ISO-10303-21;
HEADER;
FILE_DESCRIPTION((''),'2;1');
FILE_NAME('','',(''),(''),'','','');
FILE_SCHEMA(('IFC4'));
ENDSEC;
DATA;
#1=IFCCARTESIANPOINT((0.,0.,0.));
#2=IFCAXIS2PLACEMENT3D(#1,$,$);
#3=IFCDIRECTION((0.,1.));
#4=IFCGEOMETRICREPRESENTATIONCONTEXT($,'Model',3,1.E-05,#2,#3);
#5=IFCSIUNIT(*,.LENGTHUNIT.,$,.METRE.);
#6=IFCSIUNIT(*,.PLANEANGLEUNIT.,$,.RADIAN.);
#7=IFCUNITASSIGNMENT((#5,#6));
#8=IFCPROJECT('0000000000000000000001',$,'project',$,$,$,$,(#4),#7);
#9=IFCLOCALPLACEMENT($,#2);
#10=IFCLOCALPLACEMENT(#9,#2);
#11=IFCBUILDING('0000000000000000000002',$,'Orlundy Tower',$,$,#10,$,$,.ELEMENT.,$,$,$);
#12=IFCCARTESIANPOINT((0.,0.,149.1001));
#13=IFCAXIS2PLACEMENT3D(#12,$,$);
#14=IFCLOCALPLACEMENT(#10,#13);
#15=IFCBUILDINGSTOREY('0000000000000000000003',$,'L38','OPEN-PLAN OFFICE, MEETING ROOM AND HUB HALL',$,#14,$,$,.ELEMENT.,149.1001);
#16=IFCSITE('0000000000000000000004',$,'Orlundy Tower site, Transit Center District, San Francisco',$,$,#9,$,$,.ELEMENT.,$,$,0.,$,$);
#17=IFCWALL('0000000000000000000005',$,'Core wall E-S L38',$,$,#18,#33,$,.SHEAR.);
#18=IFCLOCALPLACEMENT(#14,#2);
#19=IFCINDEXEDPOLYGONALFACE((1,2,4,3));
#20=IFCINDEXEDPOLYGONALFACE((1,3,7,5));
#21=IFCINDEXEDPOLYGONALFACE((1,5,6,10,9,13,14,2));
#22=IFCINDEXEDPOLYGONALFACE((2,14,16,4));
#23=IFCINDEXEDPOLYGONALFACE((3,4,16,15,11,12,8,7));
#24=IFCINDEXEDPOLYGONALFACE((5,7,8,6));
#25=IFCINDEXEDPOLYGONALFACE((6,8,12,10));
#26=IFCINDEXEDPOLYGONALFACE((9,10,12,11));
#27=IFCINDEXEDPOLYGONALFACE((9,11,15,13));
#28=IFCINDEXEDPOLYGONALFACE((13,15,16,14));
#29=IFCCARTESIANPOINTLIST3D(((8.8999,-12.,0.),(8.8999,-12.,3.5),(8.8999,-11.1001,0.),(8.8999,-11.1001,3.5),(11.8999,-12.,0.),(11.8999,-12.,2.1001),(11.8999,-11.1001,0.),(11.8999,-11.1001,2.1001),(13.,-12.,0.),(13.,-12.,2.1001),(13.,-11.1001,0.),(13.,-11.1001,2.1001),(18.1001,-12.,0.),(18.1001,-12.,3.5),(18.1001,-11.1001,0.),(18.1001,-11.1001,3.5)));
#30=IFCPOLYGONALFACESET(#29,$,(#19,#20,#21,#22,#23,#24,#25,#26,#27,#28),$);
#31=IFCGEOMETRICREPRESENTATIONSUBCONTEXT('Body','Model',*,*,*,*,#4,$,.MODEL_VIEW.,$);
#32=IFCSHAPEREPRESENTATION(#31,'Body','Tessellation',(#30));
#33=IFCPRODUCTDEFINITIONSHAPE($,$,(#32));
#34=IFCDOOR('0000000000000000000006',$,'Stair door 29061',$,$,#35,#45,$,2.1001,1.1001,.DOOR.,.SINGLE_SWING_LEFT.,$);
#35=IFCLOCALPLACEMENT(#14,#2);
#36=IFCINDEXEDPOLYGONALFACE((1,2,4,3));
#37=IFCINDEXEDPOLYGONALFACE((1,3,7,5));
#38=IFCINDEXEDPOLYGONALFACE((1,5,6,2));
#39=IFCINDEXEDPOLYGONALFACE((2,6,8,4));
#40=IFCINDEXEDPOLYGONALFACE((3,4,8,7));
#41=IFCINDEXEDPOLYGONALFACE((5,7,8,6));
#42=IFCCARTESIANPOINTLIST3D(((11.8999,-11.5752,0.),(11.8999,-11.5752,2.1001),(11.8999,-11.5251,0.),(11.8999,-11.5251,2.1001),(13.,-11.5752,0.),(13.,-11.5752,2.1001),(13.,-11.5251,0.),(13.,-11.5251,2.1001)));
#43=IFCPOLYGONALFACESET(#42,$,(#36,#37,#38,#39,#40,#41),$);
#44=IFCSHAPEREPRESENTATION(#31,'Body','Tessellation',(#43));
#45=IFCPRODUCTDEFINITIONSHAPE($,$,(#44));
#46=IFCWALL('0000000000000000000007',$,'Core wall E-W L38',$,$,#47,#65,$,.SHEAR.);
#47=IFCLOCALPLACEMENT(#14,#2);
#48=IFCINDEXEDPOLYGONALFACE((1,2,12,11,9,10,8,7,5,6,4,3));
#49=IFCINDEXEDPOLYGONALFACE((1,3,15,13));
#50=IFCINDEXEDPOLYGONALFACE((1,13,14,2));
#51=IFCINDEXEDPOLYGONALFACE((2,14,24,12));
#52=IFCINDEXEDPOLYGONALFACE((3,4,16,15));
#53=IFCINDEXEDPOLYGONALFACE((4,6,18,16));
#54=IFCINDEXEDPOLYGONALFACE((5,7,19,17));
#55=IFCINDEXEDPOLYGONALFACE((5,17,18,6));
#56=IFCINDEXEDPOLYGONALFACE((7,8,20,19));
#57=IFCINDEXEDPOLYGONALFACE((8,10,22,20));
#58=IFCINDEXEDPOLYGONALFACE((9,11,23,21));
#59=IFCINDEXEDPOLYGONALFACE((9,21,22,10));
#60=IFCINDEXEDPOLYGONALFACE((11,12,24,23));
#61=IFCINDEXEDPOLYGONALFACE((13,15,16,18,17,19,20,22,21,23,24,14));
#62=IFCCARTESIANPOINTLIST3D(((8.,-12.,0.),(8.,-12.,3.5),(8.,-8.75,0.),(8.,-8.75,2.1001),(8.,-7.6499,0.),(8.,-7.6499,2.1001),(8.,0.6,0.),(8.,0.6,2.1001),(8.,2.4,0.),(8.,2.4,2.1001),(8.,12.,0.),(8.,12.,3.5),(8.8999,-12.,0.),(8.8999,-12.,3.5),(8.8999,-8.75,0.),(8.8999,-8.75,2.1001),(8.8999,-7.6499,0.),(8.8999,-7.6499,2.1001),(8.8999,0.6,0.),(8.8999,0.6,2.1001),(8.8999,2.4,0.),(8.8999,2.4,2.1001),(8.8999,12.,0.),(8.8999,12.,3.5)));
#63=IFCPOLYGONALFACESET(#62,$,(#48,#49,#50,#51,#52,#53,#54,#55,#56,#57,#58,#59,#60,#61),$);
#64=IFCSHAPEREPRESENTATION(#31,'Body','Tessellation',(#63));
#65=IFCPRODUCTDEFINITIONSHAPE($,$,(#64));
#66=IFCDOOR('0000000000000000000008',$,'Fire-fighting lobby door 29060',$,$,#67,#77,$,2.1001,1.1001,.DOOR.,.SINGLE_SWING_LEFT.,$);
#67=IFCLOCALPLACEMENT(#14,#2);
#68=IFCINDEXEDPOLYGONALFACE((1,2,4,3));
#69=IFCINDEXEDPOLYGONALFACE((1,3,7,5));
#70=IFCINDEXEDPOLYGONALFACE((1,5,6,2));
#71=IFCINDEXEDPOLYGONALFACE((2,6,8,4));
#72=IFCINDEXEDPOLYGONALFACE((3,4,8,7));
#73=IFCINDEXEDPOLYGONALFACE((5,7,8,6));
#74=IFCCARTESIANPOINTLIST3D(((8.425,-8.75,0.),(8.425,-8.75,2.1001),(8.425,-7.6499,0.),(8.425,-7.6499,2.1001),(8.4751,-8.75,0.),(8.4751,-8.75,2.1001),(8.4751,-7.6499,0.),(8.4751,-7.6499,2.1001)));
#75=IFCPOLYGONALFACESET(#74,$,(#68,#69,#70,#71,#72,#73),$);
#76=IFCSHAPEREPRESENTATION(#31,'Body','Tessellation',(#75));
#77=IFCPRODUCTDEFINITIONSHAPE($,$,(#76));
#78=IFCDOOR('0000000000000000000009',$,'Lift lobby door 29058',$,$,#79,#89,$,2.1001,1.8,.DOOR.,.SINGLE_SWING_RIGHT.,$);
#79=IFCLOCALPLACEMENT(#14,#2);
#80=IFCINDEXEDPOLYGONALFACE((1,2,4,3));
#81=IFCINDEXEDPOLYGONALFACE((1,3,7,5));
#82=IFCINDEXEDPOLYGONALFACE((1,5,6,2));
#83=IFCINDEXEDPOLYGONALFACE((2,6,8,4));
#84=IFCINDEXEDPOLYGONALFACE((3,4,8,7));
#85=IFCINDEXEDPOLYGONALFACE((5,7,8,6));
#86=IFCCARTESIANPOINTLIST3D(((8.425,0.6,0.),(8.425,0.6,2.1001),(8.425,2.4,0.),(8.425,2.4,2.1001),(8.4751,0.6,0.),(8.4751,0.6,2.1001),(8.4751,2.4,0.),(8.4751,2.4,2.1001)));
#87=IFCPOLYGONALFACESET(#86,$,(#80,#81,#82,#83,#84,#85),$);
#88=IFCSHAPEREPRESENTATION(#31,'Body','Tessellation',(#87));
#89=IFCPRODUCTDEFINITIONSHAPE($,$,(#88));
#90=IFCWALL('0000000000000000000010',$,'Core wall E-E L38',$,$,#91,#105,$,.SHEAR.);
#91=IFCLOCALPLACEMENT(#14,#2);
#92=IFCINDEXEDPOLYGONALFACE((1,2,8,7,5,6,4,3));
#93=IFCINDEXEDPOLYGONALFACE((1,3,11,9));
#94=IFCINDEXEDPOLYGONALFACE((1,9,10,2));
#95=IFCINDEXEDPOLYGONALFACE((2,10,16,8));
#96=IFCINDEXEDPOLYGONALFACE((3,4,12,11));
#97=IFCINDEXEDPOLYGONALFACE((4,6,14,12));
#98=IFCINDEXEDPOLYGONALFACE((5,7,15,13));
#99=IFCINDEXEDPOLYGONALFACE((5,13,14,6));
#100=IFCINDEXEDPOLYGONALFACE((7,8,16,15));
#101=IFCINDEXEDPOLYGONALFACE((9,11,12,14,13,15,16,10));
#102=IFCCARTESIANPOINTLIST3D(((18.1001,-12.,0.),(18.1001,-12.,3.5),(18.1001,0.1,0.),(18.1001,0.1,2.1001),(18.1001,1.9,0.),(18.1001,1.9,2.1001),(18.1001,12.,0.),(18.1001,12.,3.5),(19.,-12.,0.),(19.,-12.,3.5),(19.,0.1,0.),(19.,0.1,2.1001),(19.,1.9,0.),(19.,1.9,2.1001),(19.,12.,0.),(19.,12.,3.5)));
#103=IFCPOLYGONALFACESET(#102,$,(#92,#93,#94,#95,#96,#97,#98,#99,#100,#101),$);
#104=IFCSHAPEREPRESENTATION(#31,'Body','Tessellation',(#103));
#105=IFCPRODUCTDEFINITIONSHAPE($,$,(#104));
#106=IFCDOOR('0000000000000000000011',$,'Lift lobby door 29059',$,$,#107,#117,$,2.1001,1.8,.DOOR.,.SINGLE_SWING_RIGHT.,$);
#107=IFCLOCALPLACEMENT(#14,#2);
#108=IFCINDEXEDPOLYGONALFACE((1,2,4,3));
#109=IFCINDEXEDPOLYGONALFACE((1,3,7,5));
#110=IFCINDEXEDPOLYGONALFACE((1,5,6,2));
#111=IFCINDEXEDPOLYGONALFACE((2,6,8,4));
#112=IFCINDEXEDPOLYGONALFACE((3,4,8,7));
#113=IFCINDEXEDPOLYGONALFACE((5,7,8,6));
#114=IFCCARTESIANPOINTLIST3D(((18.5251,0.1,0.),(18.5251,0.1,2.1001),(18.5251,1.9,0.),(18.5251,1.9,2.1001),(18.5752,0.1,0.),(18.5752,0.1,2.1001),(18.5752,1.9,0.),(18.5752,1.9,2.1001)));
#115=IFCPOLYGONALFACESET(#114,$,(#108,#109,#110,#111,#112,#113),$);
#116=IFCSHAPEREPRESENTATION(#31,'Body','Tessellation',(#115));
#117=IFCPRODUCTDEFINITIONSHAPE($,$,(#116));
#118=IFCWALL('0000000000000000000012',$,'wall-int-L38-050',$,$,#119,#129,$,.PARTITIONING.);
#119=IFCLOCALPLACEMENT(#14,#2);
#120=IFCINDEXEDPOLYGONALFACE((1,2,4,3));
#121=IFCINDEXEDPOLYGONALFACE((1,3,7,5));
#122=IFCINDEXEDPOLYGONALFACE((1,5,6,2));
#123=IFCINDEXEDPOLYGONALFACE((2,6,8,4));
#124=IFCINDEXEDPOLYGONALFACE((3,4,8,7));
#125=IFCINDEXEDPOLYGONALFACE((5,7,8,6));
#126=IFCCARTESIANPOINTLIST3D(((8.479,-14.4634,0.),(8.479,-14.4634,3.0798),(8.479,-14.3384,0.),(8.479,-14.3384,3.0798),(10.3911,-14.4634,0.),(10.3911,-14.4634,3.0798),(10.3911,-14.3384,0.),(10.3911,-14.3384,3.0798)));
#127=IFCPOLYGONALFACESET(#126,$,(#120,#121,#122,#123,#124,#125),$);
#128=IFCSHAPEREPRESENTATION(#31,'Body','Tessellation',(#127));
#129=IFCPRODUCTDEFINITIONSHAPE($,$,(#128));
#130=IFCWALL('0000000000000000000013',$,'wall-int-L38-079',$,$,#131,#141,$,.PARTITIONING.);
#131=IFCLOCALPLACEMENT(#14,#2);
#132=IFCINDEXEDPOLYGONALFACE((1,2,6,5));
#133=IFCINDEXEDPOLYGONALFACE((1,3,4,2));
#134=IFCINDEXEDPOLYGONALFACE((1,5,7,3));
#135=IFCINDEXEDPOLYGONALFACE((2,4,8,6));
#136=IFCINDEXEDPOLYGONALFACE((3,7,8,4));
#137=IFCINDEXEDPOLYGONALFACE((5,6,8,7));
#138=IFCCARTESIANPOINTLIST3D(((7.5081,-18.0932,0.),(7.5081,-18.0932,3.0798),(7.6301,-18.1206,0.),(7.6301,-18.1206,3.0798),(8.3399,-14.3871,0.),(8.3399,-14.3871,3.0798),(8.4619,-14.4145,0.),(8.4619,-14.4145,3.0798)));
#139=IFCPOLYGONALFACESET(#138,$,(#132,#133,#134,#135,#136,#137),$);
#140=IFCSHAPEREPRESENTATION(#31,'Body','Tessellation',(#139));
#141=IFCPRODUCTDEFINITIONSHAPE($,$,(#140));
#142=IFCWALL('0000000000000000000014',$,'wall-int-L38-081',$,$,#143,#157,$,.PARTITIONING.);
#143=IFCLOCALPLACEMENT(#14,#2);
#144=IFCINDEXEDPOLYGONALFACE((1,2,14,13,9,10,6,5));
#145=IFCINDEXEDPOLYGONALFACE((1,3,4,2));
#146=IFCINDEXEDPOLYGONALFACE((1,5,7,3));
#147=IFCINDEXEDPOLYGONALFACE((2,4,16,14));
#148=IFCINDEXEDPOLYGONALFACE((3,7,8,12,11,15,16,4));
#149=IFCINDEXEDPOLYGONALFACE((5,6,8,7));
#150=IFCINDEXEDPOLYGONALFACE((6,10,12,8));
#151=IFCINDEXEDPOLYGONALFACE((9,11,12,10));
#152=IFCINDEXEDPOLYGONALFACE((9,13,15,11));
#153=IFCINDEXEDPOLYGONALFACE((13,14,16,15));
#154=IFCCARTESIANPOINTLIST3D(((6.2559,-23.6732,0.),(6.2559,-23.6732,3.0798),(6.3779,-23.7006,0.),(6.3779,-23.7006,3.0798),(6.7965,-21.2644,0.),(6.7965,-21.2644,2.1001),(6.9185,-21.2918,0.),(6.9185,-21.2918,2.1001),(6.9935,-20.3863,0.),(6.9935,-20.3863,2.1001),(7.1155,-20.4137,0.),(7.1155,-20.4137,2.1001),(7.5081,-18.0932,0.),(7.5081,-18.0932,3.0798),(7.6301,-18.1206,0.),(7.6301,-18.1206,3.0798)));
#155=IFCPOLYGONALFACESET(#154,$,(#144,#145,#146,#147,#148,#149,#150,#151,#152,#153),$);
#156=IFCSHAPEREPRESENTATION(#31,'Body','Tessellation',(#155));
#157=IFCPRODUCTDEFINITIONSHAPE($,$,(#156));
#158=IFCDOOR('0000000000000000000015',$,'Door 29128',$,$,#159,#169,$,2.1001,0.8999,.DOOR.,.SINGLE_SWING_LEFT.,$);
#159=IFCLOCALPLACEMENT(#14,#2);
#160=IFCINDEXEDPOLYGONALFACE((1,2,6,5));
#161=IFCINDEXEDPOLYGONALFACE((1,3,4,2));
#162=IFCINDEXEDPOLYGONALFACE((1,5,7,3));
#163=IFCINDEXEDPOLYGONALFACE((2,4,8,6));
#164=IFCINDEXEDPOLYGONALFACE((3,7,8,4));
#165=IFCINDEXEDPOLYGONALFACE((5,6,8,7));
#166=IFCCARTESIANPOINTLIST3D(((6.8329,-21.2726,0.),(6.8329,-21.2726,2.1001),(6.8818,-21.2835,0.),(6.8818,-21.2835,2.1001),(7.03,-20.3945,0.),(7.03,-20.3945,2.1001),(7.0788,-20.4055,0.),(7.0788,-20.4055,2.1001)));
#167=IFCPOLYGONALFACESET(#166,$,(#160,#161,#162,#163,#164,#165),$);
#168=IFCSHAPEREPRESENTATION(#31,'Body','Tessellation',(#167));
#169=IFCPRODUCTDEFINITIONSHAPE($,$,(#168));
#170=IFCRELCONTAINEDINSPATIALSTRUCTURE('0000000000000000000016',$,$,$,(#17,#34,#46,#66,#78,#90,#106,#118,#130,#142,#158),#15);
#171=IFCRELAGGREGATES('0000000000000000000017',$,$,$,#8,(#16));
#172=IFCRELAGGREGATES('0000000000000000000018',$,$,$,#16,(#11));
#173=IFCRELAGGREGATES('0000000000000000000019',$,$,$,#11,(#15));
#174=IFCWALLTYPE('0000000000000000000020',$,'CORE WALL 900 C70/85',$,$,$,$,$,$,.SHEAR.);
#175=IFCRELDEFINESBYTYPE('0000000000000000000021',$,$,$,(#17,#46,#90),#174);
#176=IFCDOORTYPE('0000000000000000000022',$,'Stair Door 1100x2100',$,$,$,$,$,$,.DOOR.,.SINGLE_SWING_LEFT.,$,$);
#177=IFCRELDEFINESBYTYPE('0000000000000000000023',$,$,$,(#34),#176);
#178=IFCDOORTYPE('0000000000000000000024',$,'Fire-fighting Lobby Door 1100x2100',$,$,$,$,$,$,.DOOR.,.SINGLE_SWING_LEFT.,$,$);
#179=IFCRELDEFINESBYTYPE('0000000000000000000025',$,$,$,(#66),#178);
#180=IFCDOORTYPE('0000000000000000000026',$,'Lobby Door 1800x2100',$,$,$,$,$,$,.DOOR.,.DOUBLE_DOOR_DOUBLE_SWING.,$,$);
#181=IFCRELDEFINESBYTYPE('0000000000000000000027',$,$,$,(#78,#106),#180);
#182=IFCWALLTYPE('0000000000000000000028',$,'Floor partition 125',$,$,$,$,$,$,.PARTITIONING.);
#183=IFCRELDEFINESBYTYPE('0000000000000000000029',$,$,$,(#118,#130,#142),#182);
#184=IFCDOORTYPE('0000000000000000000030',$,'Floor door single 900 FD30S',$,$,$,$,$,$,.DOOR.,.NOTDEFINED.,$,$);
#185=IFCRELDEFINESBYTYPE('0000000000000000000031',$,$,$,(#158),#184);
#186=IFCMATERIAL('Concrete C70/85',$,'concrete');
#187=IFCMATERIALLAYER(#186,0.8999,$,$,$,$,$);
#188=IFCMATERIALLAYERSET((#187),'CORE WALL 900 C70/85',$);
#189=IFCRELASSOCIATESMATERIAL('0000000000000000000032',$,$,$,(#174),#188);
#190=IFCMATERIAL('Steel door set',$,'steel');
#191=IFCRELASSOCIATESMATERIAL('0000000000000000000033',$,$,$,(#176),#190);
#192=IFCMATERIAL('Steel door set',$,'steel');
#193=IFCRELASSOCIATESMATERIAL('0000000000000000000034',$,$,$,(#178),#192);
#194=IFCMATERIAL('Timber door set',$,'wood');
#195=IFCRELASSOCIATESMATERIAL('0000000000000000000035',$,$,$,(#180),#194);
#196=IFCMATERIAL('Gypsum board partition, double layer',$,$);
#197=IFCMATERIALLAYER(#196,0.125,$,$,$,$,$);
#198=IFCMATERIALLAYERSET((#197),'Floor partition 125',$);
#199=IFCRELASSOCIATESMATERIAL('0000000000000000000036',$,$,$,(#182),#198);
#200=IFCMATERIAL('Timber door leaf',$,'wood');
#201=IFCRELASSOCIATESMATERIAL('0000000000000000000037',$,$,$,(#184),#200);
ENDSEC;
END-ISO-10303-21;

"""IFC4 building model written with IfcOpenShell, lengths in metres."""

from ifc_helpers import new_model, si_unit, direction, frame, frame_2d, origin, place, context, subcontext, project, spatial, rectangle, extrude, material, layer, layer_set, type_object, element, fill, save


model = new_model("IFC4")

# Units and contexts
model_context = context("Model", 3, precision=1e-05, world=origin(), true_north=direction((0.0, 1.0)))
body_context = subcontext(model_context, "Body", "Model", "MODEL_VIEW")
ifc_project = project(units=[si_unit("LENGTHUNIT", "METRE"), si_unit("PLANEANGLEUNIT", "RADIAN")], contexts=[model_context])

# Site, building, storey
site_placement = place(None, origin())
site = spatial("IfcSite", under=ifc_project, at=site_placement, Name="Orlundy Tower site, Transit Center District, San Francisco", CompositionType="ELEMENT", RefElevation=0.0)
building_placement = place(site_placement, origin())
building = spatial("IfcBuilding", under=site, at=building_placement, Name="Orlundy Tower", CompositionType="ELEMENT")
storey_placement = place(building_placement, frame((0.0, 0.0, 149.1001)))
storey = spatial("IfcBuildingStorey", under=building, at=storey_placement, Name="L38", Description="OPEN-PLAN OFFICE, MEETING ROOM AND HUB HALL", CompositionType="ELEMENT", Elevation=149.1001)

# Wall, opening, door
ifc_material_1 = material(Name="Concrete C70/85", Category="concrete")
ifc_layer_1 = layer(ifc_material_1, 0.8999)
ifc_layer_set_1 = layer_set([ifc_layer_1], Name="CORE WALL 900 C70/85")
wall_type_1 = type_object("IfcWallType", Name="CORE WALL 900 C70/85", PredefinedType="SHEAR", material=ifc_layer_set_1)
wall_1_placement = place(storey_placement, frame((8.8999, -11.55, 0.0), z_axis=(0.0, 0.0, 1.0), x_axis=(1.0, 0.0, 0.0)))
wall_1 = element("IfcWall", 1, at=wall_1_placement, inside=storey, type_object=wall_type_1, Name="Core wall E-S L38", PredefinedType="SHEAR", context=body_context, shape_type="SweptSolid", body=[
    extrude(rectangle(XDim=9.2002, YDim=0.8999, at=frame_2d((4.6001, 0.0))), origin(), (0.0, 0.0, 1.0), 3.5),
])
opening_1_placement = place(wall_1_placement, frame((3.0, 0.0, 0.0)))
opening_1 = element("IfcOpeningElement", 2, at=opening_1_placement, cuts=wall_1, PredefinedType="OPENING", context=body_context, shape_type="SweptSolid", body=[
    extrude(rectangle(XDim=1.1001, YDim=2.1001, at=frame_2d((0.55, 1.05))), frame((0.0, 0.46, 0.0), z_axis=(0.0, -1.0, 0.0), x_axis=(1.0, 0.0, 0.0)), (0.0, 0.0, 1.0), 0.9199),
])
ifc_material_2 = material(Name="Steel door set", Category="steel")
door_type_1 = type_object("IfcDoorType", Name="Stair Door 1100x2100", OperationType="SINGLE_SWING_LEFT", PredefinedType="DOOR", material=ifc_material_2)
door_1_placement = place(opening_1_placement, origin())
door_1 = element("IfcDoor", 3, at=door_1_placement, inside=storey, type_object=door_type_1, Name="Stair door 29061", OperationType="SINGLE_SWING_LEFT", OverallHeight=2.1001, OverallWidth=1.1001, PredefinedType="DOOR", context=body_context, shape_type="SweptSolid", body=[
    extrude(rectangle(XDim=1.1001, YDim=2.1001, at=frame_2d((0.55, 1.05))), frame((0.0, 0.0249, 0.0), z_axis=(0.0, -1.0, 0.0), x_axis=(1.0, 0.0, 0.0)), (0.0, 0.0, 1.0), 0.05),
])
fill(opening_1, door_1)

# Wall, openings, doors
wall_2_placement = place(storey_placement, frame((8.45, -12.0, 0.0), z_axis=(0.0, 0.0, 1.0), x_axis=(0.0, 1.0, 0.0)))
wall_2 = element("IfcWall", 4, at=wall_2_placement, inside=storey, type_object=wall_type_1, Name="Core wall E-W L38", PredefinedType="SHEAR", context=body_context, shape_type="SweptSolid", body=[
    extrude(rectangle(XDim=24.0, YDim=0.8999, at=frame_2d((12.0, 0.0))), origin(), (0.0, 0.0, 1.0), 3.5),
])
opening_2_placement = place(wall_2_placement, frame((12.6001, 0.0, 0.0)))
opening_2 = element("IfcOpeningElement", 5, at=opening_2_placement, cuts=wall_2, PredefinedType="OPENING", context=body_context, shape_type="SweptSolid", body=[
    extrude(rectangle(XDim=1.8, YDim=2.1001, at=frame_2d((0.8999, 1.05))), frame((0.0, 0.46, 0.0), z_axis=(0.0, -1.0, 0.0), x_axis=(1.0, 0.0, 0.0)), (0.0, 0.0, 1.0), 0.9199),
])
opening_3_placement = place(wall_2_placement, frame((3.25, 0.0, 0.0)))
opening_3 = element("IfcOpeningElement", 6, at=opening_3_placement, cuts=wall_2, PredefinedType="OPENING", context=body_context, shape_type="SweptSolid", body=[
    extrude(rectangle(XDim=1.1001, YDim=2.1001, at=frame_2d((0.55, 1.05))), frame((0.0, 0.46, 0.0), z_axis=(0.0, -1.0, 0.0), x_axis=(1.0, 0.0, 0.0)), (0.0, 0.0, 1.0), 0.9199),
])
ifc_material_3 = material(Name="Steel door set", Category="steel")
door_type_2 = type_object("IfcDoorType", Name="Fire-fighting Lobby Door 1100x2100", OperationType="SINGLE_SWING_LEFT", PredefinedType="DOOR", material=ifc_material_3)
door_2_placement = place(opening_3_placement, origin())
door_2 = element("IfcDoor", 7, at=door_2_placement, inside=storey, type_object=door_type_2, Name="Fire-fighting lobby door 29060", OperationType="SINGLE_SWING_LEFT", OverallHeight=2.1001, OverallWidth=1.1001, PredefinedType="DOOR", context=body_context, shape_type="SweptSolid", body=[
    extrude(rectangle(XDim=1.1001, YDim=2.1001, at=frame_2d((0.55, 1.05))), frame((0.0, 0.0249, 0.0), z_axis=(0.0, -1.0, 0.0), x_axis=(1.0, 0.0, 0.0)), (0.0, 0.0, 1.0), 0.05),
])
fill(opening_3, door_2)
ifc_material_4 = material(Name="Timber door set", Category="wood")
door_type_3 = type_object("IfcDoorType", Name="Lobby Door 1800x2100", OperationType="DOUBLE_DOOR_DOUBLE_SWING", PredefinedType="DOOR", material=ifc_material_4)
door_3_placement = place(opening_2_placement, origin())
door_3 = element("IfcDoor", 8, at=door_3_placement, inside=storey, type_object=door_type_3, Name="Lift lobby door 29058", OperationType="SINGLE_SWING_RIGHT", OverallHeight=2.1001, OverallWidth=1.8, PredefinedType="DOOR", context=body_context, shape_type="SweptSolid", body=[
    extrude(rectangle(XDim=1.8, YDim=2.1001, at=frame_2d((0.8999, 1.05))), frame((0.0, 0.0249, 0.0), z_axis=(0.0, -1.0, 0.0), x_axis=(1.0, 0.0, 0.0)), (0.0, 0.0, 1.0), 0.05),
])
fill(opening_2, door_3)

# Wall, opening, door
wall_3_placement = place(storey_placement, frame((18.55, -12.0, 0.0), z_axis=(0.0, 0.0, 1.0), x_axis=(0.0, 1.0, 0.0)))
wall_3 = element("IfcWall", 9, at=wall_3_placement, inside=storey, type_object=wall_type_1, Name="Core wall E-E L38", PredefinedType="SHEAR", context=body_context, shape_type="SweptSolid", body=[
    extrude(rectangle(XDim=24.0, YDim=0.8999, at=frame_2d((12.0, 0.0))), origin(), (0.0, 0.0, 1.0), 3.5),
])
opening_4_placement = place(wall_3_placement, frame((12.1001, 0.0, 0.0)))
opening_4 = element("IfcOpeningElement", 10, at=opening_4_placement, cuts=wall_3, PredefinedType="OPENING", context=body_context, shape_type="SweptSolid", body=[
    extrude(rectangle(XDim=1.8, YDim=2.1001, at=frame_2d((0.8999, 1.05))), frame((0.0, 0.46, 0.0), z_axis=(0.0, -1.0, 0.0), x_axis=(1.0, 0.0, 0.0)), (0.0, 0.0, 1.0), 0.9199),
])
door_4_placement = place(opening_4_placement, origin())
door_4 = element("IfcDoor", 11, at=door_4_placement, inside=storey, type_object=door_type_3, Name="Lift lobby door 29059", OperationType="SINGLE_SWING_RIGHT", OverallHeight=2.1001, OverallWidth=1.8, PredefinedType="DOOR", context=body_context, shape_type="SweptSolid", body=[
    extrude(rectangle(XDim=1.8, YDim=2.1001, at=frame_2d((0.8999, 1.05))), frame((0.0, 0.0249, 0.0), z_axis=(0.0, -1.0, 0.0), x_axis=(1.0, 0.0, 0.0)), (0.0, 0.0, 1.0), 0.05),
])
fill(opening_4, door_4)

# Walls
ifc_material_5 = material(Name="Gypsum board partition, double layer")
ifc_layer_2 = layer(ifc_material_5, 0.125)
ifc_layer_set_2 = layer_set([ifc_layer_2], Name="Floor partition 125")
wall_type_2 = type_object("IfcWallType", Name="Floor partition 125", PredefinedType="PARTITIONING", material=ifc_layer_set_2)
wall_4_placement = place(storey_placement, frame((8.479, -14.4009, 0.0), z_axis=(0.0, 0.0, 1.0), x_axis=(1.0, 0.0, 0.0)))
element("IfcWall", 12, at=wall_4_placement, inside=storey, type_object=wall_type_2, Name="wall-int-L38-050", PredefinedType="PARTITIONING", context=body_context, shape_type="SweptSolid", body=[
    extrude(rectangle(XDim=1.9121, YDim=0.125, at=frame_2d((0.9561, 0.0))), origin(), (0.0, 0.0, 1.0), 3.0798),
])
wall_5_placement = place(storey_placement, frame((7.5691, -18.1069, 0.0), z_axis=(0.0, 0.0, 1.0), x_axis=(0.218992, 0.975727, 0.0)))
element("IfcWall", 13, at=wall_5_placement, inside=storey, type_object=wall_type_2, Name="wall-int-L38-079", PredefinedType="PARTITIONING", context=body_context, shape_type="SweptSolid", body=[
    extrude(rectangle(XDim=3.7983, YDim=0.125, at=frame_2d((1.8992, 0.0))), origin(), (0.0, 0.0, 1.0), 3.0798),
])

# Wall, opening, door
wall_6_placement = place(storey_placement, frame((7.5691, -18.1069, 0.0), z_axis=(0.0, 0.0, 1.0), x_axis=(-0.21896, -0.975734, 0.0)))
wall_6 = element("IfcWall", 14, at=wall_6_placement, inside=storey, type_object=wall_type_2, Name="wall-int-L38-081", PredefinedType="PARTITIONING", context=body_context, shape_type="SweptSolid", body=[
    extrude(rectangle(XDim=5.7188, YDim=0.125, at=frame_2d((2.8594, 0.0))), origin(), (0.0, 0.0, 1.0), 3.0798),
])
opening_5_placement = place(wall_6_placement, frame((2.3501, 0.0, 0.0)))
opening_5 = element("IfcOpeningElement", 15, at=opening_5_placement, cuts=wall_6, PredefinedType="OPENING", context=body_context, shape_type="SweptSolid", body=[
    extrude(rectangle(XDim=0.8999, YDim=2.1001, at=frame_2d((0.45, 1.05))), frame((0.0, 0.0725, 0.0), z_axis=(0.0, -1.0, 0.0), x_axis=(1.0, 0.0, 0.0)), (0.0, 0.0, 1.0), 0.145),
])
ifc_material_6 = material(Name="Timber door leaf", Category="wood")
door_type_4 = type_object("IfcDoorType", Name="Floor door single 900 FD30S", OperationType="NOTDEFINED", PredefinedType="DOOR", material=ifc_material_6)
door_5_placement = place(opening_5_placement, origin())
door_5 = element("IfcDoor", 16, at=door_5_placement, inside=storey, type_object=door_type_4, Name="Door 29128", OperationType="SINGLE_SWING_LEFT", OverallHeight=2.1001, OverallWidth=0.8999, PredefinedType="DOOR", context=body_context, shape_type="SweptSolid", body=[
    extrude(rectangle(XDim=0.8999, YDim=2.1001, at=frame_2d((0.45, 1.05))), frame((0.0, 0.0249, 0.0), z_axis=(0.0, -1.0, 0.0), x_axis=(1.0, 0.0, 0.0)), (0.0, 0.0, 1.0), 0.05),
])
fill(opening_5, door_5)

save(model, "model.ifc")
